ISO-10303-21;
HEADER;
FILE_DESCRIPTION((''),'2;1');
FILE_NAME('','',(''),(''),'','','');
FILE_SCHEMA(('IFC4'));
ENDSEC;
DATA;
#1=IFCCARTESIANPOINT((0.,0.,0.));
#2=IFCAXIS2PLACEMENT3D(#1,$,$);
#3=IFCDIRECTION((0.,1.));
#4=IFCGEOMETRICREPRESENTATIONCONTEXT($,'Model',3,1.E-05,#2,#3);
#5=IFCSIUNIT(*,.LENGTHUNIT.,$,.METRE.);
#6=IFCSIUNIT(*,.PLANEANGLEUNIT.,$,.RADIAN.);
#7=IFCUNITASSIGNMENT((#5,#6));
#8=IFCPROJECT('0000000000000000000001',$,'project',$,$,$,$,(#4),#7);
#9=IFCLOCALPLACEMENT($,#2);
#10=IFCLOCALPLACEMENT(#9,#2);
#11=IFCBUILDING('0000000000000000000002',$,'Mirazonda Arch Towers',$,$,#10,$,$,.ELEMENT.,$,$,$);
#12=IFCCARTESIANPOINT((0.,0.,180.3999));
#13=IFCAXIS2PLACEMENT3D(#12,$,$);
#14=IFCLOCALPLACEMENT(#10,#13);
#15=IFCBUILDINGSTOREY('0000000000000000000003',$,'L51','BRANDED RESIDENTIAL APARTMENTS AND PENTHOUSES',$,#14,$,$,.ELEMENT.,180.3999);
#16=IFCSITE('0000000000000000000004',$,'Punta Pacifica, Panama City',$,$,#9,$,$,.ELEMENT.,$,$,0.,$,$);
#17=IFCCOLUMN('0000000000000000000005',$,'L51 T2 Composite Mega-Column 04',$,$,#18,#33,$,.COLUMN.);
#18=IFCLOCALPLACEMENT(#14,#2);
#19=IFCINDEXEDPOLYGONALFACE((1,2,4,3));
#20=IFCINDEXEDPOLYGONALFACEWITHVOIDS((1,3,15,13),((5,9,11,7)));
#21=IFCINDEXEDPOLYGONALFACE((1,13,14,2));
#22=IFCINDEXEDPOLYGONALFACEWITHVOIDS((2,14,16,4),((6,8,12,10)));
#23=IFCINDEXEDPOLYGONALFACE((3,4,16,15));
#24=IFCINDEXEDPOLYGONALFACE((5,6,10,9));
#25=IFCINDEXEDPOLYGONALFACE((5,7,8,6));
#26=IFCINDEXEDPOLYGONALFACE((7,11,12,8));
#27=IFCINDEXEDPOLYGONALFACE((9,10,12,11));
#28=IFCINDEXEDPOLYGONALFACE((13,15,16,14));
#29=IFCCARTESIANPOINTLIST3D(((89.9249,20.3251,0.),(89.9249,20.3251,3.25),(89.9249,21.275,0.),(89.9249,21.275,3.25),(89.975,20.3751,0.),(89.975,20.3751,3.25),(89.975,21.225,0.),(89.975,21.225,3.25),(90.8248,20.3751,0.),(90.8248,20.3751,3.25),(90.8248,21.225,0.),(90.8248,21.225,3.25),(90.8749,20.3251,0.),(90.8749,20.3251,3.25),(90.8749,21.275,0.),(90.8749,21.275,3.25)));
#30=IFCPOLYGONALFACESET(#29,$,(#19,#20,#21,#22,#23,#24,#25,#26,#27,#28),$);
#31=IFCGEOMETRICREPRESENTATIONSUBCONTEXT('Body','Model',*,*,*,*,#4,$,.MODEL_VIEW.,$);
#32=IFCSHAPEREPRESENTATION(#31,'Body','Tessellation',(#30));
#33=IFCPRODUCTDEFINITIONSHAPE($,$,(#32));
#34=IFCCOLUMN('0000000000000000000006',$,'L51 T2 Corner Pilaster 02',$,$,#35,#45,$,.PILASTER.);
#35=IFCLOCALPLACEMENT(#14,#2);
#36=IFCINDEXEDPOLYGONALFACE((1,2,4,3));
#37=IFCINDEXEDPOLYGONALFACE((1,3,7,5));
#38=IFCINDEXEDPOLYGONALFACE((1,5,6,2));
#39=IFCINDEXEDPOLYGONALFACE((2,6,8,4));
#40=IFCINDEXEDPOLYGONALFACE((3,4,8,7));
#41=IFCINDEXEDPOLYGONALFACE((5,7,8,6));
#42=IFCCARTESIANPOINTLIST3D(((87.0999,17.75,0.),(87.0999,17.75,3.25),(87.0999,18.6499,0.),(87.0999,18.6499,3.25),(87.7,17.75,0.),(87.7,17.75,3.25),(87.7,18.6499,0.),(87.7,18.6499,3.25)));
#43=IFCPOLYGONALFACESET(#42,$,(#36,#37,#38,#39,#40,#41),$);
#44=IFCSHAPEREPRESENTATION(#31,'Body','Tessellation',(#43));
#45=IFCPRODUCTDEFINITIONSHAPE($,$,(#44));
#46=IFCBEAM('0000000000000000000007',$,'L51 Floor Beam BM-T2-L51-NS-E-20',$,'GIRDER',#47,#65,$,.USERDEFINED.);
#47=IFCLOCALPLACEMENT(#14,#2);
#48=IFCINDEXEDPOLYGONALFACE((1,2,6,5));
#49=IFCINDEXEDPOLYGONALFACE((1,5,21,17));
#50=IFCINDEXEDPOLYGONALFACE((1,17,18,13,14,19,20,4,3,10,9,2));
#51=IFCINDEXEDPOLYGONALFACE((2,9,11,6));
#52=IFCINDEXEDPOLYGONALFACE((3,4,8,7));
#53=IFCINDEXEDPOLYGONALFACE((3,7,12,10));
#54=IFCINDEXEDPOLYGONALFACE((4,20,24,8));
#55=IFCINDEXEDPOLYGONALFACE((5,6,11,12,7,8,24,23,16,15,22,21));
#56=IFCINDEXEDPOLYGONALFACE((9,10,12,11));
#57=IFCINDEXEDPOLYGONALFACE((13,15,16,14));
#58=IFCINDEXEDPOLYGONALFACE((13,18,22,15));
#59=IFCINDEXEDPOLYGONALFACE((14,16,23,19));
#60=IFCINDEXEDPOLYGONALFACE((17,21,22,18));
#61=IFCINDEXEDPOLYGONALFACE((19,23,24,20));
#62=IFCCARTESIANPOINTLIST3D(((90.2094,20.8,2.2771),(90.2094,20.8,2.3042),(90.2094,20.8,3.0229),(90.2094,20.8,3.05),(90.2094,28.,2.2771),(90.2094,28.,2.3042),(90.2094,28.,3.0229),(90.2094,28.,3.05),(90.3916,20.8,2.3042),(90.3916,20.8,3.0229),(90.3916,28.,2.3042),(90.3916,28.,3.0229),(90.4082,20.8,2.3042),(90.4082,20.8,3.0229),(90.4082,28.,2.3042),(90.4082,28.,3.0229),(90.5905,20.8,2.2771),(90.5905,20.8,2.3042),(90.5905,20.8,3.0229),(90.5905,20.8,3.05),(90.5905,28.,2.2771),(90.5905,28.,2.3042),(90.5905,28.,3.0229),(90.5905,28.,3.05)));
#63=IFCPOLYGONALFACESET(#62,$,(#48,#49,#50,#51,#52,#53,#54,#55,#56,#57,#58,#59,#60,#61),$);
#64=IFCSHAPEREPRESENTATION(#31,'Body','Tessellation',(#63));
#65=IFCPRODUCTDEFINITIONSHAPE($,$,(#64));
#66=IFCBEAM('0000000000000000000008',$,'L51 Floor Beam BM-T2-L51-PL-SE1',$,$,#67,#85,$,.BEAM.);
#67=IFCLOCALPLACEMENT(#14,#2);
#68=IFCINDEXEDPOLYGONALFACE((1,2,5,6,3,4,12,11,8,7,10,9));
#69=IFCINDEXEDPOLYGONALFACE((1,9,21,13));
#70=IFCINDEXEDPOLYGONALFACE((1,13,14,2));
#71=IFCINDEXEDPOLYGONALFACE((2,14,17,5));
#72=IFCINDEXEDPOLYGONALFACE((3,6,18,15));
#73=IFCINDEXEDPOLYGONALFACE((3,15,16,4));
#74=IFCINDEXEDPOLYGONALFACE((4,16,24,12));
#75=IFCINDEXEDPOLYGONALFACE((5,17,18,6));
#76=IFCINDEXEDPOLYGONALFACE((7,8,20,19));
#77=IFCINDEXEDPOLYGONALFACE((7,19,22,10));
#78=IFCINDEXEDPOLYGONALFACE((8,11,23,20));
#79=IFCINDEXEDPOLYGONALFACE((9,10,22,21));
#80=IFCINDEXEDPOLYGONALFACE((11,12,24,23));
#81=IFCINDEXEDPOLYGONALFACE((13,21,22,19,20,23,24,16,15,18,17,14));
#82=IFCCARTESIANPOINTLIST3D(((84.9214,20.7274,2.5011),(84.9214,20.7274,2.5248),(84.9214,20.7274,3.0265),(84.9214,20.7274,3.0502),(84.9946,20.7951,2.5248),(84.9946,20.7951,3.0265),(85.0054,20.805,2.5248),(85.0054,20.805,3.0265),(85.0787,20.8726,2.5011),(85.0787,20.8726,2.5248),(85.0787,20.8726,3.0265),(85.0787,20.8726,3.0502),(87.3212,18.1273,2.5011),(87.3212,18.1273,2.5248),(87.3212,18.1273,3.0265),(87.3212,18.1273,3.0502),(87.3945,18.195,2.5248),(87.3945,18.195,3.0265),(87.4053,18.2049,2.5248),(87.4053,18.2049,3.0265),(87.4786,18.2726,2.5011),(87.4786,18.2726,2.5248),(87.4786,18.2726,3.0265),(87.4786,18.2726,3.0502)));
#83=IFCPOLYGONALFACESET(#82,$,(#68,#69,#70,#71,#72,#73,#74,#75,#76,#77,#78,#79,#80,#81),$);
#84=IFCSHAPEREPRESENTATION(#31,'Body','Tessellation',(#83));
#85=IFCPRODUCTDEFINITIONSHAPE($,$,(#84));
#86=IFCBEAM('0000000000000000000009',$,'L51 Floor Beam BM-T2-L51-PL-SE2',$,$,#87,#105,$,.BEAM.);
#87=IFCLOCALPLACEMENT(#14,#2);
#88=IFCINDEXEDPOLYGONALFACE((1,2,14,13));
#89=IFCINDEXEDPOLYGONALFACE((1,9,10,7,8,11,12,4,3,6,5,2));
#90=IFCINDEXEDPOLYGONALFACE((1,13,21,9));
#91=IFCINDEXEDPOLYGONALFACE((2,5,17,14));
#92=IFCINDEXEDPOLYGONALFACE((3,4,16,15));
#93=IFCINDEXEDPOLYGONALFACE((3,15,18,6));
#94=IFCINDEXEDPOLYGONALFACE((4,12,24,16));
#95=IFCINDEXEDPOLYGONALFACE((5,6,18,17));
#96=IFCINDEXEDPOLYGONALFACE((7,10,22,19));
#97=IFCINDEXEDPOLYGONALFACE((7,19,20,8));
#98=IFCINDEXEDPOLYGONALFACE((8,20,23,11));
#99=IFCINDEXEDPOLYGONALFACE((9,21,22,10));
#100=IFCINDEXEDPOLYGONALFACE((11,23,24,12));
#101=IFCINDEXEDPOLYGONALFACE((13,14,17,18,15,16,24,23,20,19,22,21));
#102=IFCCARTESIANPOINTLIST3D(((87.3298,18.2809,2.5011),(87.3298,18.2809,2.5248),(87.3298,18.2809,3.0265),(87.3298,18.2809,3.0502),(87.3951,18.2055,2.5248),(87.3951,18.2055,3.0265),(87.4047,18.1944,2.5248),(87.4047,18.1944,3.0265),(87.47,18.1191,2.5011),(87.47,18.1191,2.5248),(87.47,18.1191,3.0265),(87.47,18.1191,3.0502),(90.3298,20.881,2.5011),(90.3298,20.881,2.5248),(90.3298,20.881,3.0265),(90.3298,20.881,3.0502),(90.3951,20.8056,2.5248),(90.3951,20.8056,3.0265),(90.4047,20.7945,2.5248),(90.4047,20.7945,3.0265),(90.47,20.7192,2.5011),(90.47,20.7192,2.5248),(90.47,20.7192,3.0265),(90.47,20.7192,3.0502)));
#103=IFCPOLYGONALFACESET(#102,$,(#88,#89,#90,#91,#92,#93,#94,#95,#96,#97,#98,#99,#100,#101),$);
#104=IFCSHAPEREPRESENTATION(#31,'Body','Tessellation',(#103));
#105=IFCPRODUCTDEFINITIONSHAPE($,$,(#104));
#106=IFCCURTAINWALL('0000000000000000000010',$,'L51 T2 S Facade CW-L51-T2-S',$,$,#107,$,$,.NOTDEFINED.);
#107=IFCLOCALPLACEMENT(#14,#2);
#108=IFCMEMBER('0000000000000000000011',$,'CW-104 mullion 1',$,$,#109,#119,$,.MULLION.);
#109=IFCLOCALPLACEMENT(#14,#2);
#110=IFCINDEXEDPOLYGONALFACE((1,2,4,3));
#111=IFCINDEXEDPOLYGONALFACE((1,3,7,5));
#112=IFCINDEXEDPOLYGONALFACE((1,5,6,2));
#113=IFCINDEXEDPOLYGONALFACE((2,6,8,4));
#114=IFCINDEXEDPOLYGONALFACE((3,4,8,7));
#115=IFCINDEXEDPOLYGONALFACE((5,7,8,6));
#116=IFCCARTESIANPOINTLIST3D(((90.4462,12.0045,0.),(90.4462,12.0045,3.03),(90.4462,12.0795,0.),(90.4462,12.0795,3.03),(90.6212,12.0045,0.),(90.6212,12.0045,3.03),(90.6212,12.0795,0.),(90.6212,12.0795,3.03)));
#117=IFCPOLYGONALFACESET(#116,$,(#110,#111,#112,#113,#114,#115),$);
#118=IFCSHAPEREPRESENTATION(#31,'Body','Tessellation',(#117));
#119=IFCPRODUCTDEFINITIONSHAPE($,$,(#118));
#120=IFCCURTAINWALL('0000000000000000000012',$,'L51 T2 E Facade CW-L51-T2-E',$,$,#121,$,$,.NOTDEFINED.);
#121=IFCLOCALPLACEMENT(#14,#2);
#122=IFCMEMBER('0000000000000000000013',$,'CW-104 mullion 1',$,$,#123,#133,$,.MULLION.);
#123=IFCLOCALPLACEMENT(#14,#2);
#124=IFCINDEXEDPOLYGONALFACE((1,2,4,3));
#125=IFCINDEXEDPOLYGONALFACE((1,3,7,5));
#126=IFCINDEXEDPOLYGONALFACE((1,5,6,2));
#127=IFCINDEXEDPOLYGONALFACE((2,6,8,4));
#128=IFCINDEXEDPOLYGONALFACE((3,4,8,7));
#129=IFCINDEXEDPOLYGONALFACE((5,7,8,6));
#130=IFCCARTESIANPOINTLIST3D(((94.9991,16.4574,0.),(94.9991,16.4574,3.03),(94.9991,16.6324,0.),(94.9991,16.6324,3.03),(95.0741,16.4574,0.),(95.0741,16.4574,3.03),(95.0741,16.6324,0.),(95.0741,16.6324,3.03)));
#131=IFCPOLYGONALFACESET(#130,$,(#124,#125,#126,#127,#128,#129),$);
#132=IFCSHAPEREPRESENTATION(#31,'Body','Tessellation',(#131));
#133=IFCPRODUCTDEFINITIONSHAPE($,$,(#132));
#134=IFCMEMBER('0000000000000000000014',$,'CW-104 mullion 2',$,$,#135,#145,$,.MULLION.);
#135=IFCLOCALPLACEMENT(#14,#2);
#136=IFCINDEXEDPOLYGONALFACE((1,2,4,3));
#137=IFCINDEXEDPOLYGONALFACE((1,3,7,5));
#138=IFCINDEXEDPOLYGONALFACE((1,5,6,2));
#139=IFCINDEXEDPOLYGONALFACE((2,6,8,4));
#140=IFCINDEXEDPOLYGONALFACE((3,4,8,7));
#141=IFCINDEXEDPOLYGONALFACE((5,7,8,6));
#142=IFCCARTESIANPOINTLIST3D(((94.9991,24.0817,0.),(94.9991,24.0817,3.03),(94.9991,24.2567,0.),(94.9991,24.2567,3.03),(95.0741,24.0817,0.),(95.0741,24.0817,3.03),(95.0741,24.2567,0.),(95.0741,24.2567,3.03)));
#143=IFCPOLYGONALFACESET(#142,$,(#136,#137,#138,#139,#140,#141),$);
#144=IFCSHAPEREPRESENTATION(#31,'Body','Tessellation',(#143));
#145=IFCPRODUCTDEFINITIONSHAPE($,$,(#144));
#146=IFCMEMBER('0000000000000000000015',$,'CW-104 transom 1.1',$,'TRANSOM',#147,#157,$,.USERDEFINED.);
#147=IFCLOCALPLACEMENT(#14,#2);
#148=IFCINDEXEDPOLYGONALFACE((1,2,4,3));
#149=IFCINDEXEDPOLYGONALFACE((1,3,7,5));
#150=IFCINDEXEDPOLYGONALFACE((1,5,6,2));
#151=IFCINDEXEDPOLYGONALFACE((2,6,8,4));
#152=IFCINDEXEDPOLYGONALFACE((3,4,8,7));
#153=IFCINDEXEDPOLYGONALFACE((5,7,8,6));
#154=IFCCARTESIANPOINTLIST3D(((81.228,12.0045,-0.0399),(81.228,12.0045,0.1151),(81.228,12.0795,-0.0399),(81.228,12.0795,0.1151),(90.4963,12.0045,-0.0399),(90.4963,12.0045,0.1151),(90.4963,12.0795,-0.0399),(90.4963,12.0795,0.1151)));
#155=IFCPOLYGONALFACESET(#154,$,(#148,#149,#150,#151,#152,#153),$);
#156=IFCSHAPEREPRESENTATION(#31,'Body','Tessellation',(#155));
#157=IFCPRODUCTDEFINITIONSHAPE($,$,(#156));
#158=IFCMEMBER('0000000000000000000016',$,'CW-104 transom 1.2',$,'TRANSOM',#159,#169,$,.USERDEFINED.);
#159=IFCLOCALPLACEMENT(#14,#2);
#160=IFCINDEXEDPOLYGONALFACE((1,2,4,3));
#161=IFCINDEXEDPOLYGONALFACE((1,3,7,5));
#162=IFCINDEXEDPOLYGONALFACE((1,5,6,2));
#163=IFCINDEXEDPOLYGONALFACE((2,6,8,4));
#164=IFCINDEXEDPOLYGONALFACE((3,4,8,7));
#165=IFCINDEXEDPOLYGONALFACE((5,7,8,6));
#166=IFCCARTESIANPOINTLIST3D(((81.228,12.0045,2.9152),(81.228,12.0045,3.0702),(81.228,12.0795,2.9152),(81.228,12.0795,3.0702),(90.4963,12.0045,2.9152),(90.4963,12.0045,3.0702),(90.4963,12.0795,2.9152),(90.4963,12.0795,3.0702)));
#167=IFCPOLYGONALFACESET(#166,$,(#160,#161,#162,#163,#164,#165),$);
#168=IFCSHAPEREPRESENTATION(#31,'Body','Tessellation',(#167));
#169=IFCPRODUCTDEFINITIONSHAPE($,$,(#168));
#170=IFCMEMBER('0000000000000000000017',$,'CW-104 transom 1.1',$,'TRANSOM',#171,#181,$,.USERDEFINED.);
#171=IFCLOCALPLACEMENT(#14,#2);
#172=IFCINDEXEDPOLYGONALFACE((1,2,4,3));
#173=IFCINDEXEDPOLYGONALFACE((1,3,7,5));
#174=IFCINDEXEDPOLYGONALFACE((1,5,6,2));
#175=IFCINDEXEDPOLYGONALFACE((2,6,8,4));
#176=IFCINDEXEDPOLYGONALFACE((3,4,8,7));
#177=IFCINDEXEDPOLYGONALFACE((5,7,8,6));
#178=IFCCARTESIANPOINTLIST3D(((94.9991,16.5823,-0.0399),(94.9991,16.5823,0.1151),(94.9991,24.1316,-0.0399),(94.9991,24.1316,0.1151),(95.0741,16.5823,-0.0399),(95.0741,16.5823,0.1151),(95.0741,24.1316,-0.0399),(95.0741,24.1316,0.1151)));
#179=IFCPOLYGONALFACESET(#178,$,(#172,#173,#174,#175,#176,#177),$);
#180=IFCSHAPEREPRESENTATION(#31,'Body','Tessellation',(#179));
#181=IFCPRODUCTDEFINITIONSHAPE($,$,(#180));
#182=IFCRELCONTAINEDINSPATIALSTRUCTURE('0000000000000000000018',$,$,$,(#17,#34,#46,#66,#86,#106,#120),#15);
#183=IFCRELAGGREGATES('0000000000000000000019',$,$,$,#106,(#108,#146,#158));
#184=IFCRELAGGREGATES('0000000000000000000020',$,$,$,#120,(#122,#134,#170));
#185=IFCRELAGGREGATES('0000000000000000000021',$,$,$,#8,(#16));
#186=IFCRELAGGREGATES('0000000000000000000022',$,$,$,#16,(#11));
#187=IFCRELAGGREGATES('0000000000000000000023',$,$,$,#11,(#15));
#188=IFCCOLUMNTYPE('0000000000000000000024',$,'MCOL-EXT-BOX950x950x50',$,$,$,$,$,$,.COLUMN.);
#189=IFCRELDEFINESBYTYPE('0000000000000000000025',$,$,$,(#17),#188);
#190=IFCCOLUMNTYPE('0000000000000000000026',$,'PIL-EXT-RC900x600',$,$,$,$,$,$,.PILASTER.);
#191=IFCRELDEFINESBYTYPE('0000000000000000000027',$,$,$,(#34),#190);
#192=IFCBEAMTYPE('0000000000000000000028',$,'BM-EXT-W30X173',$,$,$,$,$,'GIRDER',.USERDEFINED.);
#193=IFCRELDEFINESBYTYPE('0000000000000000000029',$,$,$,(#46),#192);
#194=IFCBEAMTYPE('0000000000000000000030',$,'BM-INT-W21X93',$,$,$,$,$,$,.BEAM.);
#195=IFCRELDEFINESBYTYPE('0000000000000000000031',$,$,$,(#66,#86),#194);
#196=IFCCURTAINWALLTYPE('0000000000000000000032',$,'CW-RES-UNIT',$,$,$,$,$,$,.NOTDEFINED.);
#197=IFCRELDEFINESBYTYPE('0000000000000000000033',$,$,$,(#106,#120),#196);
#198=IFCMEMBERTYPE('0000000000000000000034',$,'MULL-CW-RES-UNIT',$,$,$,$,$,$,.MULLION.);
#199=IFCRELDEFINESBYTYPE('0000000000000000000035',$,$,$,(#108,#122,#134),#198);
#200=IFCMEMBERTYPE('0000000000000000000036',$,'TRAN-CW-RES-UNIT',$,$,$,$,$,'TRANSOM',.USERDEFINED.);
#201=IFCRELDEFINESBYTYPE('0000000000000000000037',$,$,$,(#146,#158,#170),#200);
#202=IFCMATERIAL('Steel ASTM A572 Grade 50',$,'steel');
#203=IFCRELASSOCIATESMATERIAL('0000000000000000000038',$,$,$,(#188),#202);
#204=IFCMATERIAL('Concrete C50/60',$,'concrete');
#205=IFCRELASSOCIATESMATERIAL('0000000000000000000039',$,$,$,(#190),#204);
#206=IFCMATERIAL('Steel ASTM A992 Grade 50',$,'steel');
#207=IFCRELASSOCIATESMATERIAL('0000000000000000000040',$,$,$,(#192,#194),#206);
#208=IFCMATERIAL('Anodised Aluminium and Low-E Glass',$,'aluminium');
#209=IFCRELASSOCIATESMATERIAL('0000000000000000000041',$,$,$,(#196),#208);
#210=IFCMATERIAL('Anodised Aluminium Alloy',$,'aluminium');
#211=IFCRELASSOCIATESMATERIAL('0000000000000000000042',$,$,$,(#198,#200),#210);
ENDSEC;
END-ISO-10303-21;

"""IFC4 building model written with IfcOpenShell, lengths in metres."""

from ifc_helpers import new_model, si_unit, direction, frame, origin, origin_2d, place, context, subcontext, project, spatial, rectangle, hollow_rectangle, i_section, extrude, material, material_profile, profile_set, type_object, element, aggregate, save


model = new_model("IFC4")

# Units and contexts
model_context = context("Model", 3, precision=1e-05, world=origin(), true_north=direction((0.0, 1.0)))
body_context = subcontext(model_context, "Body", "Model", "MODEL_VIEW")
ifc_project = project(units=[si_unit("LENGTHUNIT", "METRE"), si_unit("PLANEANGLEUNIT", "RADIAN")], contexts=[model_context])

# Site, building, storey
site_placement = place(None, origin())
site = spatial("IfcSite", under=ifc_project, at=site_placement, Name="Punta Pacifica, Panama City", CompositionType="ELEMENT", RefElevation=0.0)
building_placement = place(site_placement, origin())
building = spatial("IfcBuilding", under=site, at=building_placement, Name="Mirazonda Arch Towers", CompositionType="ELEMENT")
storey_placement = place(building_placement, frame((0.0, 0.0, 180.3999)))
storey = spatial("IfcBuildingStorey", under=building, at=storey_placement, Name="L51", Description="BRANDED RESIDENTIAL APARTMENTS AND PENTHOUSES", CompositionType="ELEMENT", Elevation=180.3999)

# Columns
ifc_material_1 = material(Name="Steel ASTM A572 Grade 50", Category="steel")
ifc_material_profile_1 = material_profile(ifc_material_1, hollow_rectangle(XDim=0.95, YDim=0.95, WallThickness=0.05, at=origin_2d()), Name="BOX950x950x50")
ifc_profile_set_1 = profile_set([ifc_material_profile_1], Name="Steel ASTM A572 Grade 50")
column_type_1 = type_object("IfcColumnType", Name="MCOL-EXT-BOX950x950x50", PredefinedType="COLUMN", material=ifc_profile_set_1)
column_1_placement = place(storey_placement, frame((90.3999, 20.8, 0.0), z_axis=(0.0, 0.0, 1.0), x_axis=(1.0, 0.0, 0.0)))
element("IfcColumn", 1, at=column_1_placement, inside=storey, type_object=column_type_1, Name="L51 T2 Composite Mega-Column 04", PredefinedType="COLUMN", context=body_context, shape_type="SweptSolid", body=[
    extrude(hollow_rectangle(XDim=0.95, YDim=0.95, WallThickness=0.05, at=origin_2d()), origin(), (0.0, 0.0, 1.0), 3.25),
])
ifc_material_2 = material(Name="Concrete C50/60", Category="concrete")
ifc_material_profile_2 = material_profile(ifc_material_2, rectangle(XDim=0.6001, YDim=0.8999, at=origin_2d()), Name="RC900x600")
ifc_profile_set_2 = profile_set([ifc_material_profile_2], Name="Concrete C50/60")
column_type_2 = type_object("IfcColumnType", Name="PIL-EXT-RC900x600", PredefinedType="PILASTER", material=ifc_profile_set_2)
column_2_placement = place(storey_placement, frame((87.3999, 18.2, 0.0), z_axis=(0.0, 0.0, 1.0), x_axis=(1.0, 0.0, 0.0)))
element("IfcColumn", 2, at=column_2_placement, inside=storey, type_object=column_type_2, Name="L51 T2 Corner Pilaster 02", PredefinedType="PILASTER", context=body_context, shape_type="SweptSolid", body=[
    extrude(rectangle(XDim=0.6001, YDim=0.8999, at=origin_2d()), origin(), (0.0, 0.0, 1.0), 3.25),
])

# Beams
ifc_material_3 = material(Name="Steel ASTM A992 Grade 50", Category="steel")
ifc_material_profile_3 = material_profile(ifc_material_3, i_section(OverallWidth=0.3811, OverallDepth=0.7729, WebThickness=0.0166, FlangeThickness=0.0271, at=origin_2d()), Name="W30X173")
ifc_profile_set_3 = profile_set([ifc_material_profile_3], Name="Steel ASTM A992 Grade 50")
beam_type_1 = type_object("IfcBeamType", Name="BM-EXT-W30X173", ElementType="GIRDER", PredefinedType="USERDEFINED", material=ifc_profile_set_3)
beam_1_placement = place(storey_placement, frame((90.3999, 20.8, 2.6636), z_axis=(0.0, 1.0, 0.0), x_axis=(-1.0, 0.0, 0.0)))
element("IfcBeam", 3, at=beam_1_placement, inside=storey, type_object=beam_type_1, Name="L51 Floor Beam BM-T2-L51-NS-E-20", ObjectType="GIRDER", PredefinedType="USERDEFINED", context=body_context, shape_type="SweptSolid", body=[
    extrude(i_section(OverallWidth=0.3811, OverallDepth=0.7729, WebThickness=0.0166, FlangeThickness=0.0271, at=origin_2d()), origin(), (0.0, 0.0, 1.0), 7.2),
])
ifc_material_profile_4 = material_profile(ifc_material_3, i_section(OverallWidth=0.2141, OverallDepth=0.5491, WebThickness=0.0146, FlangeThickness=0.0237, at=origin_2d()), Name="W21X93")
ifc_profile_set_4 = profile_set([ifc_material_profile_4], Name="Steel ASTM A992 Grade 50")
beam_type_2 = type_object("IfcBeamType", Name="BM-INT-W21X93", PredefinedType="BEAM", material=ifc_profile_set_4)
beam_2_placement = place(storey_placement, frame((87.3999, 18.2, 2.7756), z_axis=(-0.678251, 0.73483, 0.0), x_axis=(-0.73483, -0.678251, 0.0)))
element("IfcBeam", 4, at=beam_2_placement, inside=storey, type_object=beam_type_2, Name="L51 Floor Beam BM-T2-L51-PL-SE1", PredefinedType="BEAM", context=body_context, shape_type="SweptSolid", body=[
    extrude(i_section(OverallWidth=0.2141, OverallDepth=0.5491, WebThickness=0.0146, FlangeThickness=0.0237, at=origin_2d()), origin(), (0.0, 0.0, 1.0), 3.5383),
])
beam_3_placement = place(storey_placement, frame((87.3999, 18.2, 2.7756), z_axis=(0.755677, 0.654945, 0.0), x_axis=(-0.654945, 0.755677, 0.0)))
element("IfcBeam", 5, at=beam_3_placement, inside=storey, type_object=beam_type_2, Name="L51 Floor Beam BM-T2-L51-PL-SE2", PredefinedType="BEAM", context=body_context, shape_type="SweptSolid", body=[
    extrude(i_section(OverallWidth=0.2141, OverallDepth=0.5491, WebThickness=0.0146, FlangeThickness=0.0237, at=origin_2d()), origin(), (0.0, 0.0, 1.0), 3.97),
])

# Curtain wall, member
ifc_material_4 = material(Name="Anodised Aluminium and Low-E Glass", Category="aluminium")
curtain_wall_type = type_object("IfcCurtainWallType", Name="CW-RES-UNIT", PredefinedType="NOTDEFINED", material=ifc_material_4)
curtain_wall_1_placement = place(storey_placement, origin())
curtain_wall_1 = element("IfcCurtainWall", 6, at=curtain_wall_1_placement, inside=storey, type_object=curtain_wall_type, Name="L51 T2 S Facade CW-L51-T2-S", PredefinedType="NOTDEFINED")
ifc_material_5 = material(Name="Anodised Aluminium Alloy", Category="aluminium")
ifc_material_profile_5 = material_profile(ifc_material_5, rectangle(XDim=0.075, YDim=0.175, at=origin_2d()), Name="ALU-MULL-75x175")
ifc_profile_set_5 = profile_set([ifc_material_profile_5], Name="Anodised Aluminium Alloy")
member_type_1 = type_object("IfcMemberType", Name="MULL-CW-RES-UNIT", PredefinedType="MULLION", material=ifc_profile_set_5)
member_1_placement = place(storey_placement, frame((90.5337, 12.042, 0.0), z_axis=(0.0, 0.0, 1.0), x_axis=(0.0, -1.0, 0.0)))
member_1 = element("IfcMember", 7, at=member_1_placement, type_object=member_type_1, Name="CW-104 mullion 1", PredefinedType="MULLION", context=body_context, shape_type="SweptSolid", body=[
    extrude(rectangle(XDim=0.075, YDim=0.175, at=origin_2d()), origin(), (0.0, 0.0, 1.0), 3.03),
])

# Curtain wall, members
curtain_wall_2_placement = place(storey_placement, origin())
curtain_wall_2 = element("IfcCurtainWall", 8, at=curtain_wall_2_placement, inside=storey, type_object=curtain_wall_type, Name="L51 T2 E Facade CW-L51-T2-E", PredefinedType="NOTDEFINED")
member_2_placement = place(storey_placement, frame((95.0366, 16.5449, 0.0), z_axis=(0.0, 0.0, 1.0), x_axis=(-1.0, 0.0, 0.0)))
member_2 = element("IfcMember", 9, at=member_2_placement, type_object=member_type_1, Name="CW-104 mullion 1", PredefinedType="MULLION", context=body_context, shape_type="SweptSolid", body=[
    extrude(rectangle(XDim=0.075, YDim=0.175, at=origin_2d()), origin(), (0.0, 0.0, 1.0), 3.03),
])
member_3_placement = place(storey_placement, frame((95.0366, 24.1692, 0.0), z_axis=(0.0, 0.0, 1.0), x_axis=(-1.0, 0.0, 0.0)))
member_3 = element("IfcMember", 10, at=member_3_placement, type_object=member_type_1, Name="CW-104 mullion 2", PredefinedType="MULLION", context=body_context, shape_type="SweptSolid", body=[
    extrude(rectangle(XDim=0.075, YDim=0.175, at=origin_2d()), origin(), (0.0, 0.0, 1.0), 3.03),
])

# Members
ifc_material_profile_6 = material_profile(ifc_material_5, rectangle(XDim=0.075, YDim=0.155, at=origin_2d()), Name="ALU-TRAN-75x155")
ifc_profile_set_6 = profile_set([ifc_material_profile_6], Name="Anodised Aluminium Alloy")
member_type_2 = type_object("IfcMemberType", Name="TRAN-CW-RES-UNIT", ElementType="TRANSOM", PredefinedType="USERDEFINED", material=ifc_profile_set_6)
member_4_placement = place(storey_placement, frame((90.4963, 12.042, 0.0376), z_axis=(-1.0, 0.0, 0.0), x_axis=(0.0, -1.0, 0.0)))
member_4 = element("IfcMember", 11, at=member_4_placement, type_object=member_type_2, Name="CW-104 transom 1.1", ObjectType="TRANSOM", PredefinedType="USERDEFINED", context=body_context, shape_type="SweptSolid", body=[
    extrude(rectangle(XDim=0.075, YDim=0.155, at=origin_2d()), origin(), (0.0, 0.0, 1.0), 9.2683),
])
member_5_placement = place(storey_placement, frame((90.4963, 12.042, 2.9927), z_axis=(-1.0, 0.0, 0.0), x_axis=(0.0, -1.0, 0.0)))
member_5 = element("IfcMember", 12, at=member_5_placement, type_object=member_type_2, Name="CW-104 transom 1.2", ObjectType="TRANSOM", PredefinedType="USERDEFINED", context=body_context, shape_type="SweptSolid", body=[
    extrude(rectangle(XDim=0.075, YDim=0.155, at=origin_2d()), origin(), (0.0, 0.0, 1.0), 9.2683),
])
aggregate(curtain_wall_1, [member_1, member_4, member_5])
member_6_placement = place(storey_placement, frame((95.0366, 16.5823, 0.0376), z_axis=(0.0, 1.0, 0.0), x_axis=(-1.0, 0.0, 0.0)))
member_6 = element("IfcMember", 13, at=member_6_placement, type_object=member_type_2, Name="CW-104 transom 1.1", ObjectType="TRANSOM", PredefinedType="USERDEFINED", context=body_context, shape_type="SweptSolid", body=[
    extrude(rectangle(XDim=0.075, YDim=0.155, at=origin_2d()), origin(), (0.0, 0.0, 1.0), 7.5493),
])

aggregate(curtain_wall_2, [member_2, member_3, member_6])

save(model, "model.ifc")
